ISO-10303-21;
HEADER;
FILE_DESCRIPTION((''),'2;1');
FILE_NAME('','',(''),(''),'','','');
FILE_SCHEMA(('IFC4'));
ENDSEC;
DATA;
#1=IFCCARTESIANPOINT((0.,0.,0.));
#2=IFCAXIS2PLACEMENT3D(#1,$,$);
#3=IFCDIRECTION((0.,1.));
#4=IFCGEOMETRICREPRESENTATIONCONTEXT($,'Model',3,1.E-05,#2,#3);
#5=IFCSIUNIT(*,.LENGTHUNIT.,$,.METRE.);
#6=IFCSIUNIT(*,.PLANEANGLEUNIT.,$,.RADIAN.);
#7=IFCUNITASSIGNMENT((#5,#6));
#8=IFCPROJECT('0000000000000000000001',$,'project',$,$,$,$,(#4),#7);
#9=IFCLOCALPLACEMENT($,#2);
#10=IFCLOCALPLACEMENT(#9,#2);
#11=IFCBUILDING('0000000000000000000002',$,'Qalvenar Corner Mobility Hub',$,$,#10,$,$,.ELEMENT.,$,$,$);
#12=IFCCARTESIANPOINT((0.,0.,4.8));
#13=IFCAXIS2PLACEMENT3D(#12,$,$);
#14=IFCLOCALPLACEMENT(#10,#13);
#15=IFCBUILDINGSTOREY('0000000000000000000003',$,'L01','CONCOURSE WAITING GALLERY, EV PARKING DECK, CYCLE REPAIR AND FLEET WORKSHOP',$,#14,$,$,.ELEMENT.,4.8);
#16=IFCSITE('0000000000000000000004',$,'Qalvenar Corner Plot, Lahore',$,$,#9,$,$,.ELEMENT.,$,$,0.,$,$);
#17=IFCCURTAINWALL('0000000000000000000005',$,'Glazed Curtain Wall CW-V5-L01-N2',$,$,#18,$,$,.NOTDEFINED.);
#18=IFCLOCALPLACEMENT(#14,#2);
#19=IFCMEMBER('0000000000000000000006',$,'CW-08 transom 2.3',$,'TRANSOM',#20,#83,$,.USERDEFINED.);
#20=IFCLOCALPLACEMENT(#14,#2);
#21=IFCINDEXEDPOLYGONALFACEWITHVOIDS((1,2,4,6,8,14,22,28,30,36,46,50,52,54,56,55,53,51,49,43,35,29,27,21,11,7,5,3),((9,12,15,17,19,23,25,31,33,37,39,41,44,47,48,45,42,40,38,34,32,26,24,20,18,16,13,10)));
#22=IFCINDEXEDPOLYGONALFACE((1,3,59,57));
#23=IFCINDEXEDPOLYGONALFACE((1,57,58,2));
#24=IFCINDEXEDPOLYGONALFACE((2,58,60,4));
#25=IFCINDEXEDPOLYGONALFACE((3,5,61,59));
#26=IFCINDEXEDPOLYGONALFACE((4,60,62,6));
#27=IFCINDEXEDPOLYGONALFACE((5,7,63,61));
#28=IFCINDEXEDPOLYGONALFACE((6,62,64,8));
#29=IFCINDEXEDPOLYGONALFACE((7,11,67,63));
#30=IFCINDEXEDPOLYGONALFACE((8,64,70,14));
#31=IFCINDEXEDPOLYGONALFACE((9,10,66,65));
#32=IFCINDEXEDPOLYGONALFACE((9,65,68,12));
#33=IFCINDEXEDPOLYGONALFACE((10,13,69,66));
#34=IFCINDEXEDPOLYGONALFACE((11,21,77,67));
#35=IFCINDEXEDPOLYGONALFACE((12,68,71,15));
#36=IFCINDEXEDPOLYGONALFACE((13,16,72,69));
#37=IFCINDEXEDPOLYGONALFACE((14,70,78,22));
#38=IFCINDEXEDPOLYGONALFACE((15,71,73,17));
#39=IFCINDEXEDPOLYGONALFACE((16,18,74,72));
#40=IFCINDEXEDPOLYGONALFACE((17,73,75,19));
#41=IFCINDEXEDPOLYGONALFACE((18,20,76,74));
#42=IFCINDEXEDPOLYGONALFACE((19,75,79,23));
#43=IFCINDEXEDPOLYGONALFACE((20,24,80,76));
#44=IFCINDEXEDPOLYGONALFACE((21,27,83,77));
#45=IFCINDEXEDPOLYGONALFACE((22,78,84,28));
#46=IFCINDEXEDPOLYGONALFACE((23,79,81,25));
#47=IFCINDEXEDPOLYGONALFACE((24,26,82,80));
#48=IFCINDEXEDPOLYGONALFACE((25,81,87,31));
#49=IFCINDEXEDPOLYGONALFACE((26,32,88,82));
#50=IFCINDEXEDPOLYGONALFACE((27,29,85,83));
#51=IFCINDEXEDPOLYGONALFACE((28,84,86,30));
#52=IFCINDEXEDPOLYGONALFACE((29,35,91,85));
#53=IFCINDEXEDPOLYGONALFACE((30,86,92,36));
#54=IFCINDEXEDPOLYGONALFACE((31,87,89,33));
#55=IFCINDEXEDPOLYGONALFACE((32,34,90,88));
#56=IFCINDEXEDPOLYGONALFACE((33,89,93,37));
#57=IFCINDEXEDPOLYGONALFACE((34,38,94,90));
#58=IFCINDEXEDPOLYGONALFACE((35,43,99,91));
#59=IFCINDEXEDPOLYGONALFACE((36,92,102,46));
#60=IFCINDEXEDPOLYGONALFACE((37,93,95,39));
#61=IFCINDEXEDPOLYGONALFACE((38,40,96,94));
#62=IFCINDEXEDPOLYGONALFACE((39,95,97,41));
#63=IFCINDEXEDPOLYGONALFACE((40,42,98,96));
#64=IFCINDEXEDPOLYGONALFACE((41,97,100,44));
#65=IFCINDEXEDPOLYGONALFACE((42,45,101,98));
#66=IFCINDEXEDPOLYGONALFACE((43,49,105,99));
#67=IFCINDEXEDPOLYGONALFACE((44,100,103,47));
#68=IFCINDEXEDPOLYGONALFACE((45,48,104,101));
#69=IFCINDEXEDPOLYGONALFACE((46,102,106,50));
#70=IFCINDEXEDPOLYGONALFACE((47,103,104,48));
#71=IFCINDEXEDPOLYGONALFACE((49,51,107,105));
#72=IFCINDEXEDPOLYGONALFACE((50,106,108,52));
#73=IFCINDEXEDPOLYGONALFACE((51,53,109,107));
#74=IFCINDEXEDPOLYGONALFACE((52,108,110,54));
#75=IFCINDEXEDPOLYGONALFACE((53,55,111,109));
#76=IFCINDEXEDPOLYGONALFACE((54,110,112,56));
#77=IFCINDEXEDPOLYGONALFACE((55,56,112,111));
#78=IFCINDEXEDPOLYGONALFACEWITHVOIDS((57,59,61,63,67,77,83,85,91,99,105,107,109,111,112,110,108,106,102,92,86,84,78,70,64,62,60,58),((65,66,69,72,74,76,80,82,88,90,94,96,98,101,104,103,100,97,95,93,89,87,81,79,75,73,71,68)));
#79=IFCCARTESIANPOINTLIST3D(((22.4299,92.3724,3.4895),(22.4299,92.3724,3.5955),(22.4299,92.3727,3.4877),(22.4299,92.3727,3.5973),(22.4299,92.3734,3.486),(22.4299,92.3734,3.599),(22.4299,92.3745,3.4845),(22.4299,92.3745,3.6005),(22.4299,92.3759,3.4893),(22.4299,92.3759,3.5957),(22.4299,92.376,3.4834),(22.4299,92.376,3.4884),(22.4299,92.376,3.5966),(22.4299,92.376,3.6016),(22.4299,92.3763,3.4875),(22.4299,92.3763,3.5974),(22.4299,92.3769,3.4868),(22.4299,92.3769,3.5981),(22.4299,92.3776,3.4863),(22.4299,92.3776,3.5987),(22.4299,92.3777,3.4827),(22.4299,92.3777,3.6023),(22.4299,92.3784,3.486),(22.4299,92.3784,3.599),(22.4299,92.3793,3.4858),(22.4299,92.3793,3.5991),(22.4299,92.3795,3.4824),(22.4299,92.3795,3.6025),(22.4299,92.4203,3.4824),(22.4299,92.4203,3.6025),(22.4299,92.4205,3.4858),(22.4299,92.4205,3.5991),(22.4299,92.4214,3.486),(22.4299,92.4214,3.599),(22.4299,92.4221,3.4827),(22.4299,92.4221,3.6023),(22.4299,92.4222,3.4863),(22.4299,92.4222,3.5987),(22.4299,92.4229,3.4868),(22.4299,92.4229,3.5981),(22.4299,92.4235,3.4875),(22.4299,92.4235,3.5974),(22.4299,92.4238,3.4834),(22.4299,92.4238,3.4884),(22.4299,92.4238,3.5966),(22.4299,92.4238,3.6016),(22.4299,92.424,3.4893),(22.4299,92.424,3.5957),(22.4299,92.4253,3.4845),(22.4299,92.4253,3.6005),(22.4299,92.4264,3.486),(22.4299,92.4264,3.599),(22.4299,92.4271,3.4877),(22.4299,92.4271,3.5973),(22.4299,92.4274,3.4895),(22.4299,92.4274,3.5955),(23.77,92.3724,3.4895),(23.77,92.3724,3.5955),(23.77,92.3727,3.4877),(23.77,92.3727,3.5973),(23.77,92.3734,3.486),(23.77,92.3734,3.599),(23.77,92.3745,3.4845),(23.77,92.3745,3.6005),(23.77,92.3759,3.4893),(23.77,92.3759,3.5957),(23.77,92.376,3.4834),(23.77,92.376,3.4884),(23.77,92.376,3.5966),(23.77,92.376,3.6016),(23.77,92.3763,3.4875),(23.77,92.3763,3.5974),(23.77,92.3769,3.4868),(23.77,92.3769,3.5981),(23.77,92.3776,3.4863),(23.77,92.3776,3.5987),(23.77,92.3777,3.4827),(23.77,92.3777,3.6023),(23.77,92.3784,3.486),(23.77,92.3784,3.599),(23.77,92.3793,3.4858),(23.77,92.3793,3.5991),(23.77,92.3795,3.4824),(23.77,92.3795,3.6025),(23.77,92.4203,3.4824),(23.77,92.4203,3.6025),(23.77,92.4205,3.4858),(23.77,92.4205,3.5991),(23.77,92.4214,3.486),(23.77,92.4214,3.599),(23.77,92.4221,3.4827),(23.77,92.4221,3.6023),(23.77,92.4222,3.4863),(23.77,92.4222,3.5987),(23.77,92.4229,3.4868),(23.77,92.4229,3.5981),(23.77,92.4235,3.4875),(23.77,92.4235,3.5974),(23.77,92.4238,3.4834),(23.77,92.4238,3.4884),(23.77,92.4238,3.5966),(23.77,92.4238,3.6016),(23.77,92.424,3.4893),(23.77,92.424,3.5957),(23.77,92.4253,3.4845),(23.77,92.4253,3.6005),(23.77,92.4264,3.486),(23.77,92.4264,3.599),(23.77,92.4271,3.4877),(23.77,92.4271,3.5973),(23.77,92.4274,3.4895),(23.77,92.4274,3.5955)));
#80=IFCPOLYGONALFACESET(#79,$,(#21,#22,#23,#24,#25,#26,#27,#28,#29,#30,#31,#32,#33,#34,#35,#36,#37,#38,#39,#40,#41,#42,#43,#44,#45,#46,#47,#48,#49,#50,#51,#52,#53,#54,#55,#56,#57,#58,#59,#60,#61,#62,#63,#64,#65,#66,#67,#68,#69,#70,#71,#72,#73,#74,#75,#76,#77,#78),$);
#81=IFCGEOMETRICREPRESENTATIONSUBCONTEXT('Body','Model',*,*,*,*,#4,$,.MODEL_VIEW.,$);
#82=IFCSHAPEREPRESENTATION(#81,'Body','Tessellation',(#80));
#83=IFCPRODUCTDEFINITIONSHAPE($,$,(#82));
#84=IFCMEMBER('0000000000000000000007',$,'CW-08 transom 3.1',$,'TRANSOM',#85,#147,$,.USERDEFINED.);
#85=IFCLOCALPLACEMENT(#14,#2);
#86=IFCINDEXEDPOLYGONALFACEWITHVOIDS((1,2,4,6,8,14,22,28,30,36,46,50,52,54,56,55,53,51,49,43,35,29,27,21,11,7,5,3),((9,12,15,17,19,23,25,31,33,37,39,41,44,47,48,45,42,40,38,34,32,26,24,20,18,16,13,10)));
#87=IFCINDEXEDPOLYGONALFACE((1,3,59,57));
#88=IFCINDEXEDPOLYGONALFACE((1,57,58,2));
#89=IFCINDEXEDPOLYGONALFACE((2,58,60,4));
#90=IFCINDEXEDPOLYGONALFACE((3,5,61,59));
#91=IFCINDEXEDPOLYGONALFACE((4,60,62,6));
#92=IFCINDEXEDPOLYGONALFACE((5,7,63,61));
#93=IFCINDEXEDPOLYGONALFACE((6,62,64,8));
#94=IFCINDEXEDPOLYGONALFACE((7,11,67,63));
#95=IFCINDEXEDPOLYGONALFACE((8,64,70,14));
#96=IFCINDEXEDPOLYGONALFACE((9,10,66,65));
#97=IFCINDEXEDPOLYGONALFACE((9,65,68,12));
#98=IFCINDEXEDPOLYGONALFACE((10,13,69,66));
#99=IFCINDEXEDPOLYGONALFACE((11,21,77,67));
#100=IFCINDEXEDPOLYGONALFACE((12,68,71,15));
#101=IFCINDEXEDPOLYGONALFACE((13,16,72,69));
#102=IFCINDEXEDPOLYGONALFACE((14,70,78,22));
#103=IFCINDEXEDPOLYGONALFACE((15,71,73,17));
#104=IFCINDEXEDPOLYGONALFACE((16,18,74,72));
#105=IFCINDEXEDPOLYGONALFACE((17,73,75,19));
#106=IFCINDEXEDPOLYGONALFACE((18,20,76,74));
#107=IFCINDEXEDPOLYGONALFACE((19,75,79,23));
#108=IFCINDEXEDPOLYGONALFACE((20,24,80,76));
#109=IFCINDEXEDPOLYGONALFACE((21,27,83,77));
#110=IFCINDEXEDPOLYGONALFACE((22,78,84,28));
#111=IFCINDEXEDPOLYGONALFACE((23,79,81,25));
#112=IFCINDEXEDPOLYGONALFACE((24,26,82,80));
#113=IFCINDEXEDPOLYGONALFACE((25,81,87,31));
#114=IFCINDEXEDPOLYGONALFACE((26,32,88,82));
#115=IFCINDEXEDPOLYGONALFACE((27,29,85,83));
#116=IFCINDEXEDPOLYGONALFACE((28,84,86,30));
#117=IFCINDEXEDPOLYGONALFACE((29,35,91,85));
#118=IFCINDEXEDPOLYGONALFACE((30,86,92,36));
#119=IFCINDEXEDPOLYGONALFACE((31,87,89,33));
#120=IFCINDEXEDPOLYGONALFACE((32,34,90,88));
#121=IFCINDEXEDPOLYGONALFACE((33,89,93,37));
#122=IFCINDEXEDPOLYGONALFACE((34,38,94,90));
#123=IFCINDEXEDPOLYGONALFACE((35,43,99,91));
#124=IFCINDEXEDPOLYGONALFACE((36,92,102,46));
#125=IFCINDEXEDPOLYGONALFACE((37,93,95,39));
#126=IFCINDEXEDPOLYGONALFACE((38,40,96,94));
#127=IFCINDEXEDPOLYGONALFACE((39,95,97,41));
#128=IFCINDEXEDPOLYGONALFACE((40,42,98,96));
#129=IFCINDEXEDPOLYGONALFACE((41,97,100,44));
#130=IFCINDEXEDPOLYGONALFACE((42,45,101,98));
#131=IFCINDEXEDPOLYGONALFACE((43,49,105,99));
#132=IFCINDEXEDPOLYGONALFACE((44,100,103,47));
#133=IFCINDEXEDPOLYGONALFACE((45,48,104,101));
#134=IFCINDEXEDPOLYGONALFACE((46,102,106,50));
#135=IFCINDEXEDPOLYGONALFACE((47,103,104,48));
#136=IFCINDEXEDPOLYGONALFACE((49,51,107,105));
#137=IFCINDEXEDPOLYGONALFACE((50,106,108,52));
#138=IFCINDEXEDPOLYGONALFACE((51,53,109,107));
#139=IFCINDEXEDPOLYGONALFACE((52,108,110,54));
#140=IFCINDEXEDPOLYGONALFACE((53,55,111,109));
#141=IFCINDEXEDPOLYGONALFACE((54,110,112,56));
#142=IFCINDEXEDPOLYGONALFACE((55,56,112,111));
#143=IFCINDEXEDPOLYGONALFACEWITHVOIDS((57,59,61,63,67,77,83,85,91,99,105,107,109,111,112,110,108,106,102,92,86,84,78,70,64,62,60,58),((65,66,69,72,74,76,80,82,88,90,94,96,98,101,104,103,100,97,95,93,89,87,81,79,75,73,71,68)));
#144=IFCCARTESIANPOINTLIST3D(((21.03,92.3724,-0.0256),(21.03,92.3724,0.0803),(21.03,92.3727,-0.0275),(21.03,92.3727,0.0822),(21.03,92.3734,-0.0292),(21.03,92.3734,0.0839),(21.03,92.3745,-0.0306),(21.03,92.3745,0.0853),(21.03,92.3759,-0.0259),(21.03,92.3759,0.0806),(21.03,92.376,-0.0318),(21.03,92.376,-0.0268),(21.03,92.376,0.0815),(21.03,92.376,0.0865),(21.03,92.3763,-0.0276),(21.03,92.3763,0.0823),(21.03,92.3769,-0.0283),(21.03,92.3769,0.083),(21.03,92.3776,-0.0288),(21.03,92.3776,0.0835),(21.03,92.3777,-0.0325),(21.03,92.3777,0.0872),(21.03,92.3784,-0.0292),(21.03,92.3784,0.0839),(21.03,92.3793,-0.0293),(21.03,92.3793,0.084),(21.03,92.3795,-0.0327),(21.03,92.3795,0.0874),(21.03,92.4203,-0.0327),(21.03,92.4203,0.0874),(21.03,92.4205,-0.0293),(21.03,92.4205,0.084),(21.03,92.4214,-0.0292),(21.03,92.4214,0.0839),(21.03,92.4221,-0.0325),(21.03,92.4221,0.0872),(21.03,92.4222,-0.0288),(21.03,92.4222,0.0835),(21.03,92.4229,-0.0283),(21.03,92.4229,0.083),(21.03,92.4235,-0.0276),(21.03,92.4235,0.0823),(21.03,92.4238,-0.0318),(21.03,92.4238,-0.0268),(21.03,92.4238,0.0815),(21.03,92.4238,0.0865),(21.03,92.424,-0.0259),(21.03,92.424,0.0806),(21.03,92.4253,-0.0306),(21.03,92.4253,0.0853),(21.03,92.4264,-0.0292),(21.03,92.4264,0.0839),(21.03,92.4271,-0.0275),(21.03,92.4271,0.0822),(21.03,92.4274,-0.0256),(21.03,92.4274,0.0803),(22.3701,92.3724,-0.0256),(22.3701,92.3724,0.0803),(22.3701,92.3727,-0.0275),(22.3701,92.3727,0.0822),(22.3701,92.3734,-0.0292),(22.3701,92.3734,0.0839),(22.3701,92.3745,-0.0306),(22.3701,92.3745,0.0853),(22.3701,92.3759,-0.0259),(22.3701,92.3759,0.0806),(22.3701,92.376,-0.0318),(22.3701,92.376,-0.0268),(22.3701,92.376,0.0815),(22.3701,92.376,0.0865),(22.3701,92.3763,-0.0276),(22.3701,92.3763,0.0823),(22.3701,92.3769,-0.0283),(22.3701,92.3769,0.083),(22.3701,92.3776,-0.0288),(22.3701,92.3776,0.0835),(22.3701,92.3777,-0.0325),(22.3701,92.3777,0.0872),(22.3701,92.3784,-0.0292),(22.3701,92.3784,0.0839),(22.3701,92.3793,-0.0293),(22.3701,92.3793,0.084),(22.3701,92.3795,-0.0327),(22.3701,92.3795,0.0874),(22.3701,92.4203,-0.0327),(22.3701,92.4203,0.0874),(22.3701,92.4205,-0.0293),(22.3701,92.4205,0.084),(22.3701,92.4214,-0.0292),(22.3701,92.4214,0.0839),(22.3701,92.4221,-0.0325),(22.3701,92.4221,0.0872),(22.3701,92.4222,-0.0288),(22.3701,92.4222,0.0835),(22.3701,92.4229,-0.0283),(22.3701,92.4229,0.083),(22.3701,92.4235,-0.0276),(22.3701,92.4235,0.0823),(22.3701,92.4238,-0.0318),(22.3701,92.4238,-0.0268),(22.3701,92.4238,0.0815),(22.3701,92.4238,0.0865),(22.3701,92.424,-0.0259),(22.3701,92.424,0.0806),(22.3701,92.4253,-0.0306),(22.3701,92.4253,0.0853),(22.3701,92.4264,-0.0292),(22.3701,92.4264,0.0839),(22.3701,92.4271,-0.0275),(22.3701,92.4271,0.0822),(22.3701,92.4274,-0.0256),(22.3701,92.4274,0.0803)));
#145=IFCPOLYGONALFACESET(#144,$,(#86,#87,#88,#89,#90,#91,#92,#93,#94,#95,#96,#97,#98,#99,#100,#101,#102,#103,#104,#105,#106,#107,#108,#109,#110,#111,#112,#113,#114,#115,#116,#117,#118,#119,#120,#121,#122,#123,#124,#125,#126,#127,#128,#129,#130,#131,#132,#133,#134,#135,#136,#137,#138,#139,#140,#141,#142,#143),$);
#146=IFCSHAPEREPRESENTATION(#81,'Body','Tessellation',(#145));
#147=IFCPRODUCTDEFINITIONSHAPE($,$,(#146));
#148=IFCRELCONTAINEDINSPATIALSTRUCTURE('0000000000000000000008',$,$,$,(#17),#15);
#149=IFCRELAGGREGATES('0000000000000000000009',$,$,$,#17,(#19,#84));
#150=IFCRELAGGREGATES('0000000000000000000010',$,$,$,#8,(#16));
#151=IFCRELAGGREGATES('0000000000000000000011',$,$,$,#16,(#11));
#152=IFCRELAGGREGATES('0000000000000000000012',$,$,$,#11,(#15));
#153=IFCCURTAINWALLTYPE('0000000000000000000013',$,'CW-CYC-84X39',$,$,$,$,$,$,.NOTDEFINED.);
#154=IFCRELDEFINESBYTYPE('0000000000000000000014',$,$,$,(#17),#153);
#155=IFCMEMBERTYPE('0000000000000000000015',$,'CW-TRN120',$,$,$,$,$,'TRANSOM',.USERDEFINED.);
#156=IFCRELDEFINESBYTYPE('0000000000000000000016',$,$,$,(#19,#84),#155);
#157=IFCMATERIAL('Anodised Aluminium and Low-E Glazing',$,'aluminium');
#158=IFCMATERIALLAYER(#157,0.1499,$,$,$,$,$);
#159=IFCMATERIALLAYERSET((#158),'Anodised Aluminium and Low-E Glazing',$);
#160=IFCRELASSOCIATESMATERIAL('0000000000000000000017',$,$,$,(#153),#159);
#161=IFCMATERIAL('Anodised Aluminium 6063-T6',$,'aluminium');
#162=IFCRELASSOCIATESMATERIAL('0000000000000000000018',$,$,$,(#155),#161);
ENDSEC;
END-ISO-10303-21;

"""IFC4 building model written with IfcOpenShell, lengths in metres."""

from ifc_helpers import new_model, si_unit, direction, frame, origin, origin_2d, place, context, subcontext, project, spatial, hollow_rectangle, extrude, material, layer, layer_set, material_profile, profile_set, type_object, element, aggregate, save


model = new_model("IFC4")

# Units and contexts
model_context = context("Model", 3, precision=1e-05, world=origin(), true_north=direction((0.0, 1.0)))
body_context = subcontext(model_context, "Body", "Model", "MODEL_VIEW")
ifc_project = project(units=[si_unit("LENGTHUNIT", "METRE"), si_unit("PLANEANGLEUNIT", "RADIAN")], contexts=[model_context])

# Site, building, storey
site_placement = place(None, origin())
site = spatial("IfcSite", under=ifc_project, at=site_placement, Name="Qalvenar Corner Plot, Lahore", CompositionType="ELEMENT", RefElevation=0.0)
building_placement = place(site_placement, origin())
building = spatial("IfcBuilding", under=site, at=building_placement, Name="Qalvenar Corner Mobility Hub", CompositionType="ELEMENT")
storey_placement = place(building_placement, frame((0.0, 0.0, 4.8)))
storey = spatial("IfcBuildingStorey", under=building, at=storey_placement, Name="L01", Description="CONCOURSE WAITING GALLERY, EV PARKING DECK, CYCLE REPAIR AND FLEET WORKSHOP", CompositionType="ELEMENT", Elevation=4.8)

# Curtain wall, members
ifc_material_1 = material(Name="Anodised Aluminium and Low-E Glazing", Category="aluminium")
ifc_layer_1 = layer(ifc_material_1, 0.1499)
ifc_layer_set_1 = layer_set([ifc_layer_1], Name="Anodised Aluminium and Low-E Glazing")
curtain_wall_type = type_object("IfcCurtainWallType", Name="CW-CYC-84X39", PredefinedType="NOTDEFINED", material=ifc_layer_set_1)
curtain_wall_placement = place(storey_placement, origin())
curtain_wall = element("IfcCurtainWall", 1, at=curtain_wall_placement, inside=storey, type_object=curtain_wall_type, Name="Glazed Curtain Wall CW-V5-L01-N2", PredefinedType="NOTDEFINED")
ifc_material_2 = material(Name="Anodised Aluminium 6063-T6", Category="aluminium")
ifc_material_profile_1 = material_profile(ifc_material_2, hollow_rectangle(XDim=0.0549, YDim=0.1201, WallThickness=0.0034, InnerFilletRadius=0.0034, OuterFilletRadius=0.0071, at=origin_2d()), Name="RHS120x55x3.5")
ifc_profile_set_1 = profile_set([ifc_material_profile_1], Name="Anodised Aluminium 6063-T6")
member_type_1 = type_object("IfcMemberType", Name="CW-TRN120", ElementType="TRANSOM", PredefinedType="USERDEFINED", material=ifc_profile_set_1)
member_1_placement = place(storey_placement, frame((23.77, 92.3999, 3.5425), z_axis=(-1.0, 0.0, 0.0), x_axis=(0.0, -1.0, 0.0)))
member_1 = element("IfcMember", 2, at=member_1_placement, type_object=member_type_1, Name="CW-08 transom 2.3", ObjectType="TRANSOM", PredefinedType="USERDEFINED", context=body_context, shape_type="SweptSolid", body=[
    extrude(hollow_rectangle(XDim=0.0549, YDim=0.1201, WallThickness=0.0034, InnerFilletRadius=0.0034, OuterFilletRadius=0.0071, at=origin_2d()), origin(), (0.0, 0.0, 1.0), 1.3401),
])
member_2_placement = place(storey_placement, frame((22.3701, 92.3999, 0.0273), z_axis=(-1.0, 0.0, 0.0), x_axis=(0.0, -1.0, 0.0)))
member_2 = element("IfcMember", 3, at=member_2_placement, type_object=member_type_1, Name="CW-08 transom 3.1", ObjectType="TRANSOM", PredefinedType="USERDEFINED", context=body_context, shape_type="SweptSolid", body=[
    extrude(hollow_rectangle(XDim=0.0549, YDim=0.1201, WallThickness=0.0034, InnerFilletRadius=0.0034, OuterFilletRadius=0.0071, at=origin_2d()), origin(), (0.0, 0.0, 1.0), 1.3401),
])
aggregate(curtain_wall, [member_1, member_2])

save(model, "model.ifc")
